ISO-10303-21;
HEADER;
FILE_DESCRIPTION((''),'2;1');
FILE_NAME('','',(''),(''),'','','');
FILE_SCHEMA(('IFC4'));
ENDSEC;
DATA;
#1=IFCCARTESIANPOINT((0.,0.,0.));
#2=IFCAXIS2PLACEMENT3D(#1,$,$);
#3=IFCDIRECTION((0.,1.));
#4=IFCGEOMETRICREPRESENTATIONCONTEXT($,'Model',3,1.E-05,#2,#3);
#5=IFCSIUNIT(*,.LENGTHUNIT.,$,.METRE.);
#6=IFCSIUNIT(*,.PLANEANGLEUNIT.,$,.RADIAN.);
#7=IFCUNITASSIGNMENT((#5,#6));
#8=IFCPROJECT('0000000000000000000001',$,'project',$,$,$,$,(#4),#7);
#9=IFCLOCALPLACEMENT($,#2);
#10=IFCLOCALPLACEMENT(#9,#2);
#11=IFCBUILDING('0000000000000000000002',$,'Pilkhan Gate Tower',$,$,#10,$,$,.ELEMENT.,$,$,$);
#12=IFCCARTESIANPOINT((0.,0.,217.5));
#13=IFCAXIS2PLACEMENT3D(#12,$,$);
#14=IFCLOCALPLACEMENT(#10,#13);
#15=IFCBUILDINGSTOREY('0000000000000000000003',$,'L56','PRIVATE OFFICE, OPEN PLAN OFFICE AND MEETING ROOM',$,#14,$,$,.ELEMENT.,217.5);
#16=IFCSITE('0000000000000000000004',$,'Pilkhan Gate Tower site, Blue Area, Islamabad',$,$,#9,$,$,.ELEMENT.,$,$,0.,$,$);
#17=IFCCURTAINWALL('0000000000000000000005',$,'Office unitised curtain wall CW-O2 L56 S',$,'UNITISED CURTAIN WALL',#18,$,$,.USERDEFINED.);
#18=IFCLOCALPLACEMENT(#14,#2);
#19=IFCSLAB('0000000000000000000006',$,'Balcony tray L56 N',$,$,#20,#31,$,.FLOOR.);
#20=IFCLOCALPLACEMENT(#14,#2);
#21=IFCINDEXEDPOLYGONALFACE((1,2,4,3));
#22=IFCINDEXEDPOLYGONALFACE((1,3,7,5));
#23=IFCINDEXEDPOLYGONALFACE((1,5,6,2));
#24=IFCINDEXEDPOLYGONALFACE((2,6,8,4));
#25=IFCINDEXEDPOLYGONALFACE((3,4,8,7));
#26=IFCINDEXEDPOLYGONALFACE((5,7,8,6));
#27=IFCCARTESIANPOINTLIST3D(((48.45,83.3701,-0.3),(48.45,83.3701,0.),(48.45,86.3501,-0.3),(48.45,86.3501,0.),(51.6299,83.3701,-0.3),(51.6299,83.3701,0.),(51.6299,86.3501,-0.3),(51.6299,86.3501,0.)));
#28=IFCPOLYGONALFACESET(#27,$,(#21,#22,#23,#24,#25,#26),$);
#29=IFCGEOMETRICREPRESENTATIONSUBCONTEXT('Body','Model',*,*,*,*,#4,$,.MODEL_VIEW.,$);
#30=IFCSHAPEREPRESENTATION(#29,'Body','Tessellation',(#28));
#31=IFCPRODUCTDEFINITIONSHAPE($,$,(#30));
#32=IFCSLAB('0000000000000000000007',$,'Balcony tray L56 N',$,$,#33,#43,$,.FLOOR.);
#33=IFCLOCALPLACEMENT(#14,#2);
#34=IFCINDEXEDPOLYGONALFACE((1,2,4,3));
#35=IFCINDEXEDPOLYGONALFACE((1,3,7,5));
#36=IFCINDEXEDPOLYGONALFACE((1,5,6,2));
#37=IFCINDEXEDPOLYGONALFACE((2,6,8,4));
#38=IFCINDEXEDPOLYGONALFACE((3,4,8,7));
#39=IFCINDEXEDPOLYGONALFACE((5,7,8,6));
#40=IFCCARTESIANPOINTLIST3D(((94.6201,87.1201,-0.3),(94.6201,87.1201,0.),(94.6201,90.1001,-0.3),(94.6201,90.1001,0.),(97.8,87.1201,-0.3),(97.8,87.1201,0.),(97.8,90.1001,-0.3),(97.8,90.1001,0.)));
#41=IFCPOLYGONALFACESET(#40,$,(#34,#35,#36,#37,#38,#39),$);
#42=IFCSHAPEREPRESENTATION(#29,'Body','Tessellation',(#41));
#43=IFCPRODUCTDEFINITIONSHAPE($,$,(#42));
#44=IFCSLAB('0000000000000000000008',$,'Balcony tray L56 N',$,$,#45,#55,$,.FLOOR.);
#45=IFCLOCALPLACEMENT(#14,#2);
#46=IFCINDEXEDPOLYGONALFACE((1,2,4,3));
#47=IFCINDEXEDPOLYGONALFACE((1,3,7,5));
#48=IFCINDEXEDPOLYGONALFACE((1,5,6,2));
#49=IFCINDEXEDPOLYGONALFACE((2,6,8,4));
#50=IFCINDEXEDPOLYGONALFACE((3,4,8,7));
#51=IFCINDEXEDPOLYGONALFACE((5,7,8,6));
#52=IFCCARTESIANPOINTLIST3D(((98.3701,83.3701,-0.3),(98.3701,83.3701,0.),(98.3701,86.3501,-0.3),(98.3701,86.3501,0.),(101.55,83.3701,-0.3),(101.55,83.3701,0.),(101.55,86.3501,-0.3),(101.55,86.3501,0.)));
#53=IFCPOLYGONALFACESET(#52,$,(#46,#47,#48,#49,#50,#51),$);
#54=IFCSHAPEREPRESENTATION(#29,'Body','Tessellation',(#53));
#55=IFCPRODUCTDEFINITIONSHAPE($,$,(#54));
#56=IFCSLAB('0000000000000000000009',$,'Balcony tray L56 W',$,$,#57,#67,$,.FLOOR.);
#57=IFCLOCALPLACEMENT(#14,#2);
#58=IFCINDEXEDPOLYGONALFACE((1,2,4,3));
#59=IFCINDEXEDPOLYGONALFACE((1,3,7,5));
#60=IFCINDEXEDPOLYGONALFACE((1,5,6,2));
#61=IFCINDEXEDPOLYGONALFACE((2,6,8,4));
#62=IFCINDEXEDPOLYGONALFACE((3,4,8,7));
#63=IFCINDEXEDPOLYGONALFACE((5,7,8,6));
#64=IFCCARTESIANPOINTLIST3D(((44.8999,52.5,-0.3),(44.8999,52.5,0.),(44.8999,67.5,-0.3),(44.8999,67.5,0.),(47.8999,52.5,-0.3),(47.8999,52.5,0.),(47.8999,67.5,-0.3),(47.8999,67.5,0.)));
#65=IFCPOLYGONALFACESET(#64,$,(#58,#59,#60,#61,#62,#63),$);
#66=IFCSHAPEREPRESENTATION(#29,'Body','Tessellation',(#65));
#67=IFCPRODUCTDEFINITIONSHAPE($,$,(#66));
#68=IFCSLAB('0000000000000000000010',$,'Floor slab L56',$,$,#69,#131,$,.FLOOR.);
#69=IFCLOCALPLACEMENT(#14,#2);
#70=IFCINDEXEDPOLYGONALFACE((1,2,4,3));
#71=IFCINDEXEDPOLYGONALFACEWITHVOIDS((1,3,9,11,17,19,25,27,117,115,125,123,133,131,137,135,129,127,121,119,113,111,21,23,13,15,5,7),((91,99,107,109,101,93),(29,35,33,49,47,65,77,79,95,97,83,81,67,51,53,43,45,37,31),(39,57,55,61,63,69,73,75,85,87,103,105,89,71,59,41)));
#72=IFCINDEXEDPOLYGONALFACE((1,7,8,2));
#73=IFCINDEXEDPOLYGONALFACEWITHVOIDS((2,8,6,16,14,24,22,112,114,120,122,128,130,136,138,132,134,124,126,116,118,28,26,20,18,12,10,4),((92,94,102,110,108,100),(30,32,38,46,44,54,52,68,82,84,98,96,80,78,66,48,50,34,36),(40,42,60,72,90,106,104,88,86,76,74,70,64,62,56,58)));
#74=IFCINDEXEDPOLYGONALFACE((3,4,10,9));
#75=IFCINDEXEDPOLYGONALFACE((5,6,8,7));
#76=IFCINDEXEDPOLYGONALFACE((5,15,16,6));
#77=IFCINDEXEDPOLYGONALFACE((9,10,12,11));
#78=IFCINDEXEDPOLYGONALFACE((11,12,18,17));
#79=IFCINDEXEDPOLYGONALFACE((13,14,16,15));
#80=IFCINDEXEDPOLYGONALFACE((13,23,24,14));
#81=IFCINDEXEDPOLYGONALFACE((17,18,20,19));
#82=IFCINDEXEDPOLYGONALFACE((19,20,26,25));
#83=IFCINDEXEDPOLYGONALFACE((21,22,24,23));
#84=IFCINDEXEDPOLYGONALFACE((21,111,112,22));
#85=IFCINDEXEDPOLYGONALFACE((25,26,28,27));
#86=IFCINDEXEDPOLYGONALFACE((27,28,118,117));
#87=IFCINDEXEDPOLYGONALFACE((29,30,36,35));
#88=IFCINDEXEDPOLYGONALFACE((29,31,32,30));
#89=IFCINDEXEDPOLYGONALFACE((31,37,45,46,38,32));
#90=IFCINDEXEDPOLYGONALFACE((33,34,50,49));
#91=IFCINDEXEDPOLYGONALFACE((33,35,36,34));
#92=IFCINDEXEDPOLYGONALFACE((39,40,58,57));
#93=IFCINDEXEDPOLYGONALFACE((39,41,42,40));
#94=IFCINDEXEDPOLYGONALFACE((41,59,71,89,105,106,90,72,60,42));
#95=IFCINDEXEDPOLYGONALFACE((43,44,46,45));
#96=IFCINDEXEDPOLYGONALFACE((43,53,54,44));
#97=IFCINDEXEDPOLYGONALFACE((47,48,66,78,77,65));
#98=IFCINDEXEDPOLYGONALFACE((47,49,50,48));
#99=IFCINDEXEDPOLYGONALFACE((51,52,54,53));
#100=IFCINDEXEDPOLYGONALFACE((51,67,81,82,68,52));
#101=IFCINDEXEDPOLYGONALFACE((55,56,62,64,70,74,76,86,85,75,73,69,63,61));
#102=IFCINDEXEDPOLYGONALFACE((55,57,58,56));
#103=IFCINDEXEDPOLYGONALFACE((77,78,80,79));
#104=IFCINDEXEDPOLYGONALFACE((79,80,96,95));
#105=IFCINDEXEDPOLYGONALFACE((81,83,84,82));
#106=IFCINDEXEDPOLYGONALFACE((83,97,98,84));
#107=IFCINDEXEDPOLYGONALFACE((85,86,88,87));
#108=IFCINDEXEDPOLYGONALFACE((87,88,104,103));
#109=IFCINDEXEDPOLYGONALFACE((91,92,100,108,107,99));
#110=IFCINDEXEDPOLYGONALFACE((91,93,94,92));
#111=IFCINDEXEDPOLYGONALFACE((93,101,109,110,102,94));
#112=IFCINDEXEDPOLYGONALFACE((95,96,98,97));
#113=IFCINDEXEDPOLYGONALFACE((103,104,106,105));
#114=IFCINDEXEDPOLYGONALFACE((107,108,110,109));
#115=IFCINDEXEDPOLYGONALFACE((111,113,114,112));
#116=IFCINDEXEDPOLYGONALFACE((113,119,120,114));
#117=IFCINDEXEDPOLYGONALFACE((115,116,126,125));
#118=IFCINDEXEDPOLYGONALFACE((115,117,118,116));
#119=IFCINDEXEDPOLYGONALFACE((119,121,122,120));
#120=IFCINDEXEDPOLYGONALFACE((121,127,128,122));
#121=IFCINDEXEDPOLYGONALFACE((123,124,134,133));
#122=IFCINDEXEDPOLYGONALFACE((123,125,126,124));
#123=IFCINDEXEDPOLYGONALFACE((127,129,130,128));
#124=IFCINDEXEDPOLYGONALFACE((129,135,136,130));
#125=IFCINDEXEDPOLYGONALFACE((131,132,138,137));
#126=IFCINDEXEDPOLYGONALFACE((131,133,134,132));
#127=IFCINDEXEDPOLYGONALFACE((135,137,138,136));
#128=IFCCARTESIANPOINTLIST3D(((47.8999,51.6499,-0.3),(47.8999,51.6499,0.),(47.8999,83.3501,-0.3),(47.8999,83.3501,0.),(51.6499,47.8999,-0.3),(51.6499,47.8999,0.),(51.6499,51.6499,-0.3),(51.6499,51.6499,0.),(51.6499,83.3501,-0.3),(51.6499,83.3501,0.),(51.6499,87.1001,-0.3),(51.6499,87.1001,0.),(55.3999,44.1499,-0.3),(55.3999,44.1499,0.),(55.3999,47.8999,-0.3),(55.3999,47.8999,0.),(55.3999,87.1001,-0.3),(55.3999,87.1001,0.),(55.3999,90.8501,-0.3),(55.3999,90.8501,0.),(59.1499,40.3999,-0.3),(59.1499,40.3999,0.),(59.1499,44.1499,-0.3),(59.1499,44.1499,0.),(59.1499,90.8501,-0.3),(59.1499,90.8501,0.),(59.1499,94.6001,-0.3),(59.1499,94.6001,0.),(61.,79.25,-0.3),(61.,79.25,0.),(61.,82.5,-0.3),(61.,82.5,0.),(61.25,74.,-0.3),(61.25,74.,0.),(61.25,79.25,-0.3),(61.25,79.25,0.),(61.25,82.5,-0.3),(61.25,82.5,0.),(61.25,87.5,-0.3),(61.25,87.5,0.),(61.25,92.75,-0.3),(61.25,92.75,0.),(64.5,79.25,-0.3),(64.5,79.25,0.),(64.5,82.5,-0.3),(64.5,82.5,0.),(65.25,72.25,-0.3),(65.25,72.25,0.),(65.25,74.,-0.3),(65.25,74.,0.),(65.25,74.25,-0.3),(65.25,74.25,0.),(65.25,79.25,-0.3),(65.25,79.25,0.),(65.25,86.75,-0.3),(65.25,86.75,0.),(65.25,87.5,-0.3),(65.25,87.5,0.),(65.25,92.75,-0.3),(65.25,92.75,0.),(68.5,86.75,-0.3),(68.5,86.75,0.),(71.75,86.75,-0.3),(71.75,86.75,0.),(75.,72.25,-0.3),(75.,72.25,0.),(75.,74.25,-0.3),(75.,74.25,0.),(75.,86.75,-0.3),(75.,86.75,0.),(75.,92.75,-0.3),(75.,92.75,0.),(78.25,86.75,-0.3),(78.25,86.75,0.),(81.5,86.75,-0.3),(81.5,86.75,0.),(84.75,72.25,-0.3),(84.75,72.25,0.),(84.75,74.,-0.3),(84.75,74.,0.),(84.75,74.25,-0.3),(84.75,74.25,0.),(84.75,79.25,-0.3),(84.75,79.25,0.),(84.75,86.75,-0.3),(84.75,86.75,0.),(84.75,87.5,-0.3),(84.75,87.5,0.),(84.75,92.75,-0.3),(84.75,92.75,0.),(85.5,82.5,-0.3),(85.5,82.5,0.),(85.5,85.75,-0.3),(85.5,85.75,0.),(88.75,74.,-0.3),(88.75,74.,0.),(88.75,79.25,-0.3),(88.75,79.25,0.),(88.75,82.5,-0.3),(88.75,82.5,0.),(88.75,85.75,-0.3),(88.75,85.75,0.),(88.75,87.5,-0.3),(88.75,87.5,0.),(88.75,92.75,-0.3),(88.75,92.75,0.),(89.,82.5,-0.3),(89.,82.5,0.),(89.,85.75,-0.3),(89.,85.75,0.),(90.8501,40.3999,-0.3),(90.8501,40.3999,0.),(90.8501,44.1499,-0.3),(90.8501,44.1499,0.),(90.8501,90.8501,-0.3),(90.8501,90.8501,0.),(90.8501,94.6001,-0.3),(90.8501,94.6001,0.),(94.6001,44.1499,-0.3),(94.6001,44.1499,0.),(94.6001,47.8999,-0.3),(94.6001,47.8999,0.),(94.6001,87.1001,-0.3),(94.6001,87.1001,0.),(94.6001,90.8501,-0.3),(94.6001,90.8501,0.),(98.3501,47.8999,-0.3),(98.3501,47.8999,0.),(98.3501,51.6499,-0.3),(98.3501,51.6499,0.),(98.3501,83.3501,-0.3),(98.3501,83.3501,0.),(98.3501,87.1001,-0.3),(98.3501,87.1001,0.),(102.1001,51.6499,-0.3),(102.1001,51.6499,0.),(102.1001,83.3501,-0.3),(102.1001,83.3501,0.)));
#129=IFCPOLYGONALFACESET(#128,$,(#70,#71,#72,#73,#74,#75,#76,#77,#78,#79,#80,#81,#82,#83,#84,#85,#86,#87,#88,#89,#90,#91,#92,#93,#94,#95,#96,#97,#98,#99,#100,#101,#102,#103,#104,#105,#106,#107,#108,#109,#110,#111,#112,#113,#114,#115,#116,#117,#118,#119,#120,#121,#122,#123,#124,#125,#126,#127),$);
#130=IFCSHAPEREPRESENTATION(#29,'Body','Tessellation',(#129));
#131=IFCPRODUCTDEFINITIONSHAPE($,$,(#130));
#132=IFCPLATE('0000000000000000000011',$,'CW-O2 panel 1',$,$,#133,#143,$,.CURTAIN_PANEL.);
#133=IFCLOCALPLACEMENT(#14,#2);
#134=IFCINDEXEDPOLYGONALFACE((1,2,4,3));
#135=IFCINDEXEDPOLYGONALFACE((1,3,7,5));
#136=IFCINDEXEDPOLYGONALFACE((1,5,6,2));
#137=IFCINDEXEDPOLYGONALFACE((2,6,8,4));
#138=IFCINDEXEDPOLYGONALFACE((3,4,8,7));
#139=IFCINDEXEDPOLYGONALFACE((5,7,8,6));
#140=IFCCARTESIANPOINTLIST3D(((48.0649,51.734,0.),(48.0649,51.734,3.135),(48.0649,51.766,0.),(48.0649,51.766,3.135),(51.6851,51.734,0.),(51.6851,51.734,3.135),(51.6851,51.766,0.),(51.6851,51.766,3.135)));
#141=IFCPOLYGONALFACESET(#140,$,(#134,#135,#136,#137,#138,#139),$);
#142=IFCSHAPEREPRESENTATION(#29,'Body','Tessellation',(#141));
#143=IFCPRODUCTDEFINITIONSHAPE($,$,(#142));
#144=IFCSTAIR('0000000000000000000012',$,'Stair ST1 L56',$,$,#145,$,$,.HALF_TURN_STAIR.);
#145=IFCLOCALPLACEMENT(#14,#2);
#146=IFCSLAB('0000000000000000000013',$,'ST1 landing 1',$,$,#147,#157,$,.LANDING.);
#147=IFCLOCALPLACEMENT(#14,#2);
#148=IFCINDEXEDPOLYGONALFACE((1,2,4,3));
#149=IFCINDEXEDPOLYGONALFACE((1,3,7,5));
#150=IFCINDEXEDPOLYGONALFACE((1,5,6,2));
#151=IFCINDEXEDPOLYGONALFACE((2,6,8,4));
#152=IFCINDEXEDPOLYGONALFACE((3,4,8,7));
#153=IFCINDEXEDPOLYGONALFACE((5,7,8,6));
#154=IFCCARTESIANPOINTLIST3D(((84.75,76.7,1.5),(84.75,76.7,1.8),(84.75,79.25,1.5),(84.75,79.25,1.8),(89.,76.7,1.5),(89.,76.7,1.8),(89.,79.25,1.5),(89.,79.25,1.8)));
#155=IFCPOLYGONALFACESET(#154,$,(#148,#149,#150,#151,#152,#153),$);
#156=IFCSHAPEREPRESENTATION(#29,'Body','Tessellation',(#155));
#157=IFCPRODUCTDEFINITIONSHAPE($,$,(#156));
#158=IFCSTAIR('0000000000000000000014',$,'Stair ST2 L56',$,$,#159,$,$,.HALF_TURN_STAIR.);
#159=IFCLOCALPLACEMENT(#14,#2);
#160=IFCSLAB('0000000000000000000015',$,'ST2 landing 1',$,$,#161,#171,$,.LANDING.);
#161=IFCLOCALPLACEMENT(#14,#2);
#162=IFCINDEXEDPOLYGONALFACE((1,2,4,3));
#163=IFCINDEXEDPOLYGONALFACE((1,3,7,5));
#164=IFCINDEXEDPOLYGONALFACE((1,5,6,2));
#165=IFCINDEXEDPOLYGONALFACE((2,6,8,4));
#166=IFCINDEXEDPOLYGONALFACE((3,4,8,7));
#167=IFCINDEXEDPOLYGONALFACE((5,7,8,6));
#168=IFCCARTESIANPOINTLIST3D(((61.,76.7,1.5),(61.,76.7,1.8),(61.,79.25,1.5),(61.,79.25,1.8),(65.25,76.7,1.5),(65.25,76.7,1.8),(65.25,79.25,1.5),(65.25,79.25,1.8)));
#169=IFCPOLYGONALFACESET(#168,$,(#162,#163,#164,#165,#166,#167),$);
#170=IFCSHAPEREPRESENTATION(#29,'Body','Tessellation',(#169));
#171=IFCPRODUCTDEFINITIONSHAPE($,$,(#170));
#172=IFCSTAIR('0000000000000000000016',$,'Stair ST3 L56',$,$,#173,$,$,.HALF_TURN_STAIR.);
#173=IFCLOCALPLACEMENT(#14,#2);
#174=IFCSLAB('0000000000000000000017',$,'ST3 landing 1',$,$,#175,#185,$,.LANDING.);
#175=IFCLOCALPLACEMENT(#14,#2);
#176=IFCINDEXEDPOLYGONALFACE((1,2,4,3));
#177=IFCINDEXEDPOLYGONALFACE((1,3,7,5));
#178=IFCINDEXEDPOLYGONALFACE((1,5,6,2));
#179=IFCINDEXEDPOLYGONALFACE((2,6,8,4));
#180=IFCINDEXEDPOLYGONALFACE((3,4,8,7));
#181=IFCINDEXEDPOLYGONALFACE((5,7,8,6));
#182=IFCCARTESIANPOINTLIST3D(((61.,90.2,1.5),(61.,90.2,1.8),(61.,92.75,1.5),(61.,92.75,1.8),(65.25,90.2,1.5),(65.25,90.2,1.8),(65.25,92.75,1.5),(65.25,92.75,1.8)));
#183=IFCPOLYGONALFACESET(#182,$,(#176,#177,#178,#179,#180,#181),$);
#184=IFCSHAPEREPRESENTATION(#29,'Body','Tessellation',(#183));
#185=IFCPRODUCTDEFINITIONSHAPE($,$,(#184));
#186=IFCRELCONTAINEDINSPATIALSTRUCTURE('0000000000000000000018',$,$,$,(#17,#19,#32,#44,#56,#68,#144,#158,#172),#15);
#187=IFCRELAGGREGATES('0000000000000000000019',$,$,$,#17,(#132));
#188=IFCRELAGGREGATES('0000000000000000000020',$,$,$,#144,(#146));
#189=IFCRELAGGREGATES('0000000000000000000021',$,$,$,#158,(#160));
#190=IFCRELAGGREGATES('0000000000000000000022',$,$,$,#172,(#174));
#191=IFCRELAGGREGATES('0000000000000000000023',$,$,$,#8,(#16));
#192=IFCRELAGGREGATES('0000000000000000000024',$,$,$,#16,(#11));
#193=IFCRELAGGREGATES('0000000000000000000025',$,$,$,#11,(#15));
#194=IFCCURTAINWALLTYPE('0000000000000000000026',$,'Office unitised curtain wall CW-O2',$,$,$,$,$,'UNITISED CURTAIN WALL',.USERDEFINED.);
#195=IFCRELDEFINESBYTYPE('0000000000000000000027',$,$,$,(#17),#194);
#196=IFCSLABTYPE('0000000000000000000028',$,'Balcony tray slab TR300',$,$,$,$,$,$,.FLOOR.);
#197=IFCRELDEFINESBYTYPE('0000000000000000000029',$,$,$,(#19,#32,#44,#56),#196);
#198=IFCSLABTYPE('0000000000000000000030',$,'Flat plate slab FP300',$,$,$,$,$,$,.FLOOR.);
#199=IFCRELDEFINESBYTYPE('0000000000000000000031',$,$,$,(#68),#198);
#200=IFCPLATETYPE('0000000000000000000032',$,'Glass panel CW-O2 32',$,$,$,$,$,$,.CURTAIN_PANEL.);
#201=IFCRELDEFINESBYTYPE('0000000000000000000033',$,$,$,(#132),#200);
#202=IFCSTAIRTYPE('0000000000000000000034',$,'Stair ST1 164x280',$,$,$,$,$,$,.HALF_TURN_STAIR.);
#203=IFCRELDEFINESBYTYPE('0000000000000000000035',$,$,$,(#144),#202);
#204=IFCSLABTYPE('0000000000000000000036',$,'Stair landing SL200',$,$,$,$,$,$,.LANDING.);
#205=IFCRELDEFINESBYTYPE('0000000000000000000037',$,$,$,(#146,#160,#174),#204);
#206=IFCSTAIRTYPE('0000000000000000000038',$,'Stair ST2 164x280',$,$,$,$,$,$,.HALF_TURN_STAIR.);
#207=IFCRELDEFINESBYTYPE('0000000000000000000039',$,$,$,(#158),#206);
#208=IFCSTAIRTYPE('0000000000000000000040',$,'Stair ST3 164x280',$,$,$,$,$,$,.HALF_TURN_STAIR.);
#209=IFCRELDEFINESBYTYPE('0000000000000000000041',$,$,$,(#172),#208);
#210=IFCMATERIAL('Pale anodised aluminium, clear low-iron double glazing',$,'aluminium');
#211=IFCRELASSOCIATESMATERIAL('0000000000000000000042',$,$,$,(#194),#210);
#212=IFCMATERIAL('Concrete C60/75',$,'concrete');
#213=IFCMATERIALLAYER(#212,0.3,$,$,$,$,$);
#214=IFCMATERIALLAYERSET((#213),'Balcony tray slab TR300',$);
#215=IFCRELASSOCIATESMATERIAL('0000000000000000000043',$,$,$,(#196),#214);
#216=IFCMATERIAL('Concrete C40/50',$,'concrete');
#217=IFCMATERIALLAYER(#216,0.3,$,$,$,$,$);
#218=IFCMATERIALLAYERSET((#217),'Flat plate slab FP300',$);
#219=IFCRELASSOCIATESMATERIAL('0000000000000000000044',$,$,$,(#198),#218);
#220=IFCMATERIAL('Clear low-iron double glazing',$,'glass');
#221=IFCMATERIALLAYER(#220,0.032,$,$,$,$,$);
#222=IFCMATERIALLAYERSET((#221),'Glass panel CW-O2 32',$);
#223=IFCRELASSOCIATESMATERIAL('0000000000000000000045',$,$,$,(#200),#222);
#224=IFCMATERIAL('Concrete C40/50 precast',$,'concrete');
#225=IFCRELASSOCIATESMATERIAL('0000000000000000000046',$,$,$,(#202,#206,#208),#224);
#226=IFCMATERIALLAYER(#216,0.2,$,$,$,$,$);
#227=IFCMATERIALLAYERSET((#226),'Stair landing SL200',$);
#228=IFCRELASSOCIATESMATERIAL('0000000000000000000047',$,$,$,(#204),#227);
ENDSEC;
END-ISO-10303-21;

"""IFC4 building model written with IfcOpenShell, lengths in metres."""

from ifc_helpers import new_model, si_unit, direction, frame, origin, origin_2d, place, context, subcontext, project, spatial, polyline, rectangle, outline, extrude, material, layer, layer_set, type_object, element, aggregate, save


model = new_model("IFC4")

# Units and contexts
model_context = context("Model", 3, precision=1e-05, world=origin(), true_north=direction((0.0, 1.0)))
body_context = subcontext(model_context, "Body", "Model", "MODEL_VIEW")
ifc_project = project(units=[si_unit("LENGTHUNIT", "METRE"), si_unit("PLANEANGLEUNIT", "RADIAN")], contexts=[model_context])

# Site, building, storey
site_placement = place(None, origin())
site = spatial("IfcSite", under=ifc_project, at=site_placement, Name="Pilkhan Gate Tower site, Blue Area, Islamabad", CompositionType="ELEMENT", RefElevation=0.0)
building_placement = place(site_placement, origin())
building = spatial("IfcBuilding", under=site, at=building_placement, Name="Pilkhan Gate Tower", CompositionType="ELEMENT")
storey_placement = place(building_placement, frame((0.0, 0.0, 217.5)))
storey = spatial("IfcBuildingStorey", under=building, at=storey_placement, Name="L56", Description="PRIVATE OFFICE, OPEN PLAN OFFICE AND MEETING ROOM", CompositionType="ELEMENT", Elevation=217.5)

# Shared definitions
ifc_material_1 = material(Name="Pale anodised aluminium, clear low-iron double glazing", Category="aluminium")
curtain_wall_type = type_object("IfcCurtainWallType", Name="Office unitised curtain wall CW-O2", ElementType="UNITISED CURTAIN WALL", PredefinedType="USERDEFINED", material=ifc_material_1)

# Curtain wall
curtain_wall_1_placement = place(storey_placement, origin())
curtain_wall_1 = element("IfcCurtainWall", 1, at=curtain_wall_1_placement, inside=storey, type_object=curtain_wall_type, Name="Office unitised curtain wall CW-O2 L56 S", ObjectType="UNITISED CURTAIN WALL", PredefinedType="USERDEFINED")

# Slabs
ifc_material_2 = material(Name="Concrete C60/75", Category="concrete")
ifc_layer_1 = layer(ifc_material_2, 0.3)
ifc_layer_set_1 = layer_set([ifc_layer_1], Name="Balcony tray slab TR300")
slab_type_1 = type_object("IfcSlabType", Name="Balcony tray slab TR300", PredefinedType="FLOOR", material=ifc_layer_set_1)
slab_1_placement = place(storey_placement, frame((0.0, 0.0, -0.3)))
element("IfcSlab", 2, at=slab_1_placement, inside=storey, type_object=slab_type_1, Name="Balcony tray L56 N", PredefinedType="FLOOR", context=body_context, shape_type="SweptSolid", body=[
    extrude(outline(polyline([(51.6299, 83.3701), (51.6299, 86.3501), (48.45, 86.3501), (48.45, 83.3701), (51.6299, 83.3701)])), origin(), (0.0, 0.0, 1.0), 0.3),
])
slab_2_placement = place(storey_placement, frame((0.0, 0.0, -0.3)))
element("IfcSlab", 3, at=slab_2_placement, inside=storey, type_object=slab_type_1, Name="Balcony tray L56 N", PredefinedType="FLOOR", context=body_context, shape_type="SweptSolid", body=[
    extrude(outline(polyline([(97.8, 87.1201), (97.8, 90.1001), (94.6201, 90.1001), (94.6201, 87.1201), (97.8, 87.1201)])), origin(), (0.0, 0.0, 1.0), 0.3),
])
slab_3_placement = place(storey_placement, frame((0.0, 0.0, -0.3)))
element("IfcSlab", 4, at=slab_3_placement, inside=storey, type_object=slab_type_1, Name="Balcony tray L56 N", PredefinedType="FLOOR", context=body_context, shape_type="SweptSolid", body=[
    extrude(outline(polyline([(101.55, 83.3701), (101.55, 86.3501), (98.3701, 86.3501), (98.3701, 83.3701), (101.55, 83.3701)])), origin(), (0.0, 0.0, 1.0), 0.3),
])
slab_4_placement = place(storey_placement, frame((0.0, 0.0, -0.3)))
element("IfcSlab", 5, at=slab_4_placement, inside=storey, type_object=slab_type_1, Name="Balcony tray L56 W", PredefinedType="FLOOR", context=body_context, shape_type="SweptSolid", body=[
    extrude(outline(polyline([(47.8999, 52.5), (47.8999, 67.5), (44.8999, 67.5), (44.8999, 52.5), (47.8999, 52.5)])), origin(), (0.0, 0.0, 1.0), 0.3),
])
ifc_material_3 = material(Name="Concrete C40/50", Category="concrete")
ifc_layer_2 = layer(ifc_material_3, 0.3)
ifc_layer_set_2 = layer_set([ifc_layer_2], Name="Flat plate slab FP300")
slab_type_2 = type_object("IfcSlabType", Name="Flat plate slab FP300", PredefinedType="FLOOR", material=ifc_layer_set_2)
slab_5_placement = place(storey_placement, frame((0.0, 0.0, -0.3)))
element("IfcSlab", 6, at=slab_5_placement, inside=storey, type_object=slab_type_2, Name="Floor slab L56", PredefinedType="FLOOR", context=body_context, shape_type="SweptSolid", body=[
    extrude(outline(polyline([(98.3501, 47.8999), (94.6001, 47.8999), (94.6001, 44.1499), (90.8501, 44.1499), (90.8501, 40.3999), (59.1499, 40.3999), (59.1499, 44.1499), (55.3999, 44.1499), (55.3999, 47.8999), (51.6499, 47.8999), (51.6499, 51.6499), (47.8999, 51.6499), (47.8999, 83.3501), (51.6499, 83.3501), (51.6499, 87.1001), (55.3999, 87.1001), (55.3999, 90.8501), (59.1499, 90.8501), (59.1499, 94.6001), (90.8501, 94.6001), (90.8501, 90.8501), (94.6001, 90.8501), (94.6001, 87.1001), (98.3501, 87.1001), (98.3501, 83.3501), (102.1001, 83.3501), (102.1001, 51.6499), (98.3501, 51.6499), (98.3501, 47.8999)]), holes=[polyline([(75.0, 72.25), (84.75, 72.25), (84.75, 74.0), (88.75, 74.0), (88.75, 79.25), (84.75, 79.25), (84.75, 74.25), (75.0, 74.25), (65.25, 74.25), (65.25, 79.25), (64.5, 79.25), (64.5, 82.5), (61.25, 82.5), (61.0, 82.5), (61.0, 79.25), (61.25, 79.25), (61.25, 74.0), (65.25, 74.0), (65.25, 72.25), (75.0, 72.25)]), polyline([(68.5, 86.75), (71.75, 86.75), (75.0, 86.75), (78.25, 86.75), (81.5, 86.75), (84.75, 86.75), (84.75, 87.5), (88.75, 87.5), (88.75, 92.75), (84.75, 92.75), (75.0, 92.75), (65.25, 92.75), (61.25, 92.75), (61.25, 87.5), (65.25, 87.5), (65.25, 86.75), (68.5, 86.75)]), polyline([(85.5, 85.75), (85.5, 82.5), (88.75, 82.5), (89.0, 82.5), (89.0, 85.75), (88.75, 85.75), (85.5, 85.75)])]), origin(), (0.0, 0.0, 1.0), 0.3),
])

# Plate
ifc_material_4 = material(Name="Clear low-iron double glazing", Category="glass")
ifc_layer_3 = layer(ifc_material_4, 0.032)
ifc_layer_set_3 = layer_set([ifc_layer_3], Name="Glass panel CW-O2 32")
plate_type = type_object("IfcPlateType", Name="Glass panel CW-O2 32", PredefinedType="CURTAIN_PANEL", material=ifc_layer_set_3)
plate_placement = place(storey_placement, frame((49.875, 51.75, 0.0), z_axis=(0.0, 0.0, 1.0), x_axis=(1.0, 0.0, 0.0)))
plate = element("IfcPlate", 7, at=plate_placement, type_object=plate_type, Name="CW-O2 panel 1", PredefinedType="CURTAIN_PANEL", context=body_context, shape_type="SweptSolid", body=[
    extrude(rectangle(XDim=3.6201, YDim=0.032, at=origin_2d()), origin(), (0.0, 0.0, 1.0), 3.135),
])
aggregate(curtain_wall_1, [plate])

# Stairs, slabs
ifc_material_5 = material(Name="Concrete C40/50 precast", Category="concrete")
stair_type_1 = type_object("IfcStairType", Name="Stair ST1 164x280", PredefinedType="HALF_TURN_STAIR", material=ifc_material_5)
stair_1_placement = place(storey_placement, origin())
stair_1 = element("IfcStair", 8, at=stair_1_placement, inside=storey, type_object=stair_type_1, Name="Stair ST1 L56", PredefinedType="HALF_TURN_STAIR")
ifc_layer_4 = layer(ifc_material_3, 0.2)
ifc_layer_set_4 = layer_set([ifc_layer_4], Name="Stair landing SL200")
slab_type_3 = type_object("IfcSlabType", Name="Stair landing SL200", PredefinedType="LANDING", material=ifc_layer_set_4)
slab_6_placement = place(storey_placement, frame((0.0, 0.0, 1.5)))
slab_6 = element("IfcSlab", 9, at=slab_6_placement, type_object=slab_type_3, Name="ST1 landing 1", PredefinedType="LANDING", context=body_context, shape_type="SweptSolid", body=[
    extrude(outline(polyline([(89.0, 76.7), (89.0, 79.25), (84.75, 79.25), (84.75, 76.7), (89.0, 76.7)])), origin(), (0.0, 0.0, 1.0), 0.3),
])
aggregate(stair_1, [slab_6])
stair_type_2 = type_object("IfcStairType", Name="Stair ST2 164x280", PredefinedType="HALF_TURN_STAIR", material=ifc_material_5)
stair_2_placement = place(storey_placement, origin())
stair_2 = element("IfcStair", 10, at=stair_2_placement, inside=storey, type_object=stair_type_2, Name="Stair ST2 L56", PredefinedType="HALF_TURN_STAIR")
slab_7_placement = place(storey_placement, frame((0.0, 0.0, 1.5)))
slab_7 = element("IfcSlab", 11, at=slab_7_placement, type_object=slab_type_3, Name="ST2 landing 1", PredefinedType="LANDING", context=body_context, shape_type="SweptSolid", body=[
    extrude(outline(polyline([(65.25, 76.7), (65.25, 79.25), (61.0, 79.25), (61.0, 76.7), (65.25, 76.7)])), origin(), (0.0, 0.0, 1.0), 0.3),
])
aggregate(stair_2, [slab_7])
stair_type_3 = type_object("IfcStairType", Name="Stair ST3 164x280", PredefinedType="HALF_TURN_STAIR", material=ifc_material_5)
stair_3_placement = place(storey_placement, origin())
stair_3 = element("IfcStair", 12, at=stair_3_placement, inside=storey, type_object=stair_type_3, Name="Stair ST3 L56", PredefinedType="HALF_TURN_STAIR")
slab_8_placement = place(storey_placement, frame((0.0, 0.0, 1.5)))
slab_8 = element("IfcSlab", 13, at=slab_8_placement, type_object=slab_type_3, Name="ST3 landing 1", PredefinedType="LANDING", context=body_context, shape_type="SweptSolid", body=[
    extrude(outline(polyline([(65.25, 90.2), (65.25, 92.75), (61.0, 92.75), (61.0, 90.2), (65.25, 90.2)])), origin(), (0.0, 0.0, 1.0), 0.3),
])
aggregate(stair_3, [slab_8])

save(model, "model.ifc")
